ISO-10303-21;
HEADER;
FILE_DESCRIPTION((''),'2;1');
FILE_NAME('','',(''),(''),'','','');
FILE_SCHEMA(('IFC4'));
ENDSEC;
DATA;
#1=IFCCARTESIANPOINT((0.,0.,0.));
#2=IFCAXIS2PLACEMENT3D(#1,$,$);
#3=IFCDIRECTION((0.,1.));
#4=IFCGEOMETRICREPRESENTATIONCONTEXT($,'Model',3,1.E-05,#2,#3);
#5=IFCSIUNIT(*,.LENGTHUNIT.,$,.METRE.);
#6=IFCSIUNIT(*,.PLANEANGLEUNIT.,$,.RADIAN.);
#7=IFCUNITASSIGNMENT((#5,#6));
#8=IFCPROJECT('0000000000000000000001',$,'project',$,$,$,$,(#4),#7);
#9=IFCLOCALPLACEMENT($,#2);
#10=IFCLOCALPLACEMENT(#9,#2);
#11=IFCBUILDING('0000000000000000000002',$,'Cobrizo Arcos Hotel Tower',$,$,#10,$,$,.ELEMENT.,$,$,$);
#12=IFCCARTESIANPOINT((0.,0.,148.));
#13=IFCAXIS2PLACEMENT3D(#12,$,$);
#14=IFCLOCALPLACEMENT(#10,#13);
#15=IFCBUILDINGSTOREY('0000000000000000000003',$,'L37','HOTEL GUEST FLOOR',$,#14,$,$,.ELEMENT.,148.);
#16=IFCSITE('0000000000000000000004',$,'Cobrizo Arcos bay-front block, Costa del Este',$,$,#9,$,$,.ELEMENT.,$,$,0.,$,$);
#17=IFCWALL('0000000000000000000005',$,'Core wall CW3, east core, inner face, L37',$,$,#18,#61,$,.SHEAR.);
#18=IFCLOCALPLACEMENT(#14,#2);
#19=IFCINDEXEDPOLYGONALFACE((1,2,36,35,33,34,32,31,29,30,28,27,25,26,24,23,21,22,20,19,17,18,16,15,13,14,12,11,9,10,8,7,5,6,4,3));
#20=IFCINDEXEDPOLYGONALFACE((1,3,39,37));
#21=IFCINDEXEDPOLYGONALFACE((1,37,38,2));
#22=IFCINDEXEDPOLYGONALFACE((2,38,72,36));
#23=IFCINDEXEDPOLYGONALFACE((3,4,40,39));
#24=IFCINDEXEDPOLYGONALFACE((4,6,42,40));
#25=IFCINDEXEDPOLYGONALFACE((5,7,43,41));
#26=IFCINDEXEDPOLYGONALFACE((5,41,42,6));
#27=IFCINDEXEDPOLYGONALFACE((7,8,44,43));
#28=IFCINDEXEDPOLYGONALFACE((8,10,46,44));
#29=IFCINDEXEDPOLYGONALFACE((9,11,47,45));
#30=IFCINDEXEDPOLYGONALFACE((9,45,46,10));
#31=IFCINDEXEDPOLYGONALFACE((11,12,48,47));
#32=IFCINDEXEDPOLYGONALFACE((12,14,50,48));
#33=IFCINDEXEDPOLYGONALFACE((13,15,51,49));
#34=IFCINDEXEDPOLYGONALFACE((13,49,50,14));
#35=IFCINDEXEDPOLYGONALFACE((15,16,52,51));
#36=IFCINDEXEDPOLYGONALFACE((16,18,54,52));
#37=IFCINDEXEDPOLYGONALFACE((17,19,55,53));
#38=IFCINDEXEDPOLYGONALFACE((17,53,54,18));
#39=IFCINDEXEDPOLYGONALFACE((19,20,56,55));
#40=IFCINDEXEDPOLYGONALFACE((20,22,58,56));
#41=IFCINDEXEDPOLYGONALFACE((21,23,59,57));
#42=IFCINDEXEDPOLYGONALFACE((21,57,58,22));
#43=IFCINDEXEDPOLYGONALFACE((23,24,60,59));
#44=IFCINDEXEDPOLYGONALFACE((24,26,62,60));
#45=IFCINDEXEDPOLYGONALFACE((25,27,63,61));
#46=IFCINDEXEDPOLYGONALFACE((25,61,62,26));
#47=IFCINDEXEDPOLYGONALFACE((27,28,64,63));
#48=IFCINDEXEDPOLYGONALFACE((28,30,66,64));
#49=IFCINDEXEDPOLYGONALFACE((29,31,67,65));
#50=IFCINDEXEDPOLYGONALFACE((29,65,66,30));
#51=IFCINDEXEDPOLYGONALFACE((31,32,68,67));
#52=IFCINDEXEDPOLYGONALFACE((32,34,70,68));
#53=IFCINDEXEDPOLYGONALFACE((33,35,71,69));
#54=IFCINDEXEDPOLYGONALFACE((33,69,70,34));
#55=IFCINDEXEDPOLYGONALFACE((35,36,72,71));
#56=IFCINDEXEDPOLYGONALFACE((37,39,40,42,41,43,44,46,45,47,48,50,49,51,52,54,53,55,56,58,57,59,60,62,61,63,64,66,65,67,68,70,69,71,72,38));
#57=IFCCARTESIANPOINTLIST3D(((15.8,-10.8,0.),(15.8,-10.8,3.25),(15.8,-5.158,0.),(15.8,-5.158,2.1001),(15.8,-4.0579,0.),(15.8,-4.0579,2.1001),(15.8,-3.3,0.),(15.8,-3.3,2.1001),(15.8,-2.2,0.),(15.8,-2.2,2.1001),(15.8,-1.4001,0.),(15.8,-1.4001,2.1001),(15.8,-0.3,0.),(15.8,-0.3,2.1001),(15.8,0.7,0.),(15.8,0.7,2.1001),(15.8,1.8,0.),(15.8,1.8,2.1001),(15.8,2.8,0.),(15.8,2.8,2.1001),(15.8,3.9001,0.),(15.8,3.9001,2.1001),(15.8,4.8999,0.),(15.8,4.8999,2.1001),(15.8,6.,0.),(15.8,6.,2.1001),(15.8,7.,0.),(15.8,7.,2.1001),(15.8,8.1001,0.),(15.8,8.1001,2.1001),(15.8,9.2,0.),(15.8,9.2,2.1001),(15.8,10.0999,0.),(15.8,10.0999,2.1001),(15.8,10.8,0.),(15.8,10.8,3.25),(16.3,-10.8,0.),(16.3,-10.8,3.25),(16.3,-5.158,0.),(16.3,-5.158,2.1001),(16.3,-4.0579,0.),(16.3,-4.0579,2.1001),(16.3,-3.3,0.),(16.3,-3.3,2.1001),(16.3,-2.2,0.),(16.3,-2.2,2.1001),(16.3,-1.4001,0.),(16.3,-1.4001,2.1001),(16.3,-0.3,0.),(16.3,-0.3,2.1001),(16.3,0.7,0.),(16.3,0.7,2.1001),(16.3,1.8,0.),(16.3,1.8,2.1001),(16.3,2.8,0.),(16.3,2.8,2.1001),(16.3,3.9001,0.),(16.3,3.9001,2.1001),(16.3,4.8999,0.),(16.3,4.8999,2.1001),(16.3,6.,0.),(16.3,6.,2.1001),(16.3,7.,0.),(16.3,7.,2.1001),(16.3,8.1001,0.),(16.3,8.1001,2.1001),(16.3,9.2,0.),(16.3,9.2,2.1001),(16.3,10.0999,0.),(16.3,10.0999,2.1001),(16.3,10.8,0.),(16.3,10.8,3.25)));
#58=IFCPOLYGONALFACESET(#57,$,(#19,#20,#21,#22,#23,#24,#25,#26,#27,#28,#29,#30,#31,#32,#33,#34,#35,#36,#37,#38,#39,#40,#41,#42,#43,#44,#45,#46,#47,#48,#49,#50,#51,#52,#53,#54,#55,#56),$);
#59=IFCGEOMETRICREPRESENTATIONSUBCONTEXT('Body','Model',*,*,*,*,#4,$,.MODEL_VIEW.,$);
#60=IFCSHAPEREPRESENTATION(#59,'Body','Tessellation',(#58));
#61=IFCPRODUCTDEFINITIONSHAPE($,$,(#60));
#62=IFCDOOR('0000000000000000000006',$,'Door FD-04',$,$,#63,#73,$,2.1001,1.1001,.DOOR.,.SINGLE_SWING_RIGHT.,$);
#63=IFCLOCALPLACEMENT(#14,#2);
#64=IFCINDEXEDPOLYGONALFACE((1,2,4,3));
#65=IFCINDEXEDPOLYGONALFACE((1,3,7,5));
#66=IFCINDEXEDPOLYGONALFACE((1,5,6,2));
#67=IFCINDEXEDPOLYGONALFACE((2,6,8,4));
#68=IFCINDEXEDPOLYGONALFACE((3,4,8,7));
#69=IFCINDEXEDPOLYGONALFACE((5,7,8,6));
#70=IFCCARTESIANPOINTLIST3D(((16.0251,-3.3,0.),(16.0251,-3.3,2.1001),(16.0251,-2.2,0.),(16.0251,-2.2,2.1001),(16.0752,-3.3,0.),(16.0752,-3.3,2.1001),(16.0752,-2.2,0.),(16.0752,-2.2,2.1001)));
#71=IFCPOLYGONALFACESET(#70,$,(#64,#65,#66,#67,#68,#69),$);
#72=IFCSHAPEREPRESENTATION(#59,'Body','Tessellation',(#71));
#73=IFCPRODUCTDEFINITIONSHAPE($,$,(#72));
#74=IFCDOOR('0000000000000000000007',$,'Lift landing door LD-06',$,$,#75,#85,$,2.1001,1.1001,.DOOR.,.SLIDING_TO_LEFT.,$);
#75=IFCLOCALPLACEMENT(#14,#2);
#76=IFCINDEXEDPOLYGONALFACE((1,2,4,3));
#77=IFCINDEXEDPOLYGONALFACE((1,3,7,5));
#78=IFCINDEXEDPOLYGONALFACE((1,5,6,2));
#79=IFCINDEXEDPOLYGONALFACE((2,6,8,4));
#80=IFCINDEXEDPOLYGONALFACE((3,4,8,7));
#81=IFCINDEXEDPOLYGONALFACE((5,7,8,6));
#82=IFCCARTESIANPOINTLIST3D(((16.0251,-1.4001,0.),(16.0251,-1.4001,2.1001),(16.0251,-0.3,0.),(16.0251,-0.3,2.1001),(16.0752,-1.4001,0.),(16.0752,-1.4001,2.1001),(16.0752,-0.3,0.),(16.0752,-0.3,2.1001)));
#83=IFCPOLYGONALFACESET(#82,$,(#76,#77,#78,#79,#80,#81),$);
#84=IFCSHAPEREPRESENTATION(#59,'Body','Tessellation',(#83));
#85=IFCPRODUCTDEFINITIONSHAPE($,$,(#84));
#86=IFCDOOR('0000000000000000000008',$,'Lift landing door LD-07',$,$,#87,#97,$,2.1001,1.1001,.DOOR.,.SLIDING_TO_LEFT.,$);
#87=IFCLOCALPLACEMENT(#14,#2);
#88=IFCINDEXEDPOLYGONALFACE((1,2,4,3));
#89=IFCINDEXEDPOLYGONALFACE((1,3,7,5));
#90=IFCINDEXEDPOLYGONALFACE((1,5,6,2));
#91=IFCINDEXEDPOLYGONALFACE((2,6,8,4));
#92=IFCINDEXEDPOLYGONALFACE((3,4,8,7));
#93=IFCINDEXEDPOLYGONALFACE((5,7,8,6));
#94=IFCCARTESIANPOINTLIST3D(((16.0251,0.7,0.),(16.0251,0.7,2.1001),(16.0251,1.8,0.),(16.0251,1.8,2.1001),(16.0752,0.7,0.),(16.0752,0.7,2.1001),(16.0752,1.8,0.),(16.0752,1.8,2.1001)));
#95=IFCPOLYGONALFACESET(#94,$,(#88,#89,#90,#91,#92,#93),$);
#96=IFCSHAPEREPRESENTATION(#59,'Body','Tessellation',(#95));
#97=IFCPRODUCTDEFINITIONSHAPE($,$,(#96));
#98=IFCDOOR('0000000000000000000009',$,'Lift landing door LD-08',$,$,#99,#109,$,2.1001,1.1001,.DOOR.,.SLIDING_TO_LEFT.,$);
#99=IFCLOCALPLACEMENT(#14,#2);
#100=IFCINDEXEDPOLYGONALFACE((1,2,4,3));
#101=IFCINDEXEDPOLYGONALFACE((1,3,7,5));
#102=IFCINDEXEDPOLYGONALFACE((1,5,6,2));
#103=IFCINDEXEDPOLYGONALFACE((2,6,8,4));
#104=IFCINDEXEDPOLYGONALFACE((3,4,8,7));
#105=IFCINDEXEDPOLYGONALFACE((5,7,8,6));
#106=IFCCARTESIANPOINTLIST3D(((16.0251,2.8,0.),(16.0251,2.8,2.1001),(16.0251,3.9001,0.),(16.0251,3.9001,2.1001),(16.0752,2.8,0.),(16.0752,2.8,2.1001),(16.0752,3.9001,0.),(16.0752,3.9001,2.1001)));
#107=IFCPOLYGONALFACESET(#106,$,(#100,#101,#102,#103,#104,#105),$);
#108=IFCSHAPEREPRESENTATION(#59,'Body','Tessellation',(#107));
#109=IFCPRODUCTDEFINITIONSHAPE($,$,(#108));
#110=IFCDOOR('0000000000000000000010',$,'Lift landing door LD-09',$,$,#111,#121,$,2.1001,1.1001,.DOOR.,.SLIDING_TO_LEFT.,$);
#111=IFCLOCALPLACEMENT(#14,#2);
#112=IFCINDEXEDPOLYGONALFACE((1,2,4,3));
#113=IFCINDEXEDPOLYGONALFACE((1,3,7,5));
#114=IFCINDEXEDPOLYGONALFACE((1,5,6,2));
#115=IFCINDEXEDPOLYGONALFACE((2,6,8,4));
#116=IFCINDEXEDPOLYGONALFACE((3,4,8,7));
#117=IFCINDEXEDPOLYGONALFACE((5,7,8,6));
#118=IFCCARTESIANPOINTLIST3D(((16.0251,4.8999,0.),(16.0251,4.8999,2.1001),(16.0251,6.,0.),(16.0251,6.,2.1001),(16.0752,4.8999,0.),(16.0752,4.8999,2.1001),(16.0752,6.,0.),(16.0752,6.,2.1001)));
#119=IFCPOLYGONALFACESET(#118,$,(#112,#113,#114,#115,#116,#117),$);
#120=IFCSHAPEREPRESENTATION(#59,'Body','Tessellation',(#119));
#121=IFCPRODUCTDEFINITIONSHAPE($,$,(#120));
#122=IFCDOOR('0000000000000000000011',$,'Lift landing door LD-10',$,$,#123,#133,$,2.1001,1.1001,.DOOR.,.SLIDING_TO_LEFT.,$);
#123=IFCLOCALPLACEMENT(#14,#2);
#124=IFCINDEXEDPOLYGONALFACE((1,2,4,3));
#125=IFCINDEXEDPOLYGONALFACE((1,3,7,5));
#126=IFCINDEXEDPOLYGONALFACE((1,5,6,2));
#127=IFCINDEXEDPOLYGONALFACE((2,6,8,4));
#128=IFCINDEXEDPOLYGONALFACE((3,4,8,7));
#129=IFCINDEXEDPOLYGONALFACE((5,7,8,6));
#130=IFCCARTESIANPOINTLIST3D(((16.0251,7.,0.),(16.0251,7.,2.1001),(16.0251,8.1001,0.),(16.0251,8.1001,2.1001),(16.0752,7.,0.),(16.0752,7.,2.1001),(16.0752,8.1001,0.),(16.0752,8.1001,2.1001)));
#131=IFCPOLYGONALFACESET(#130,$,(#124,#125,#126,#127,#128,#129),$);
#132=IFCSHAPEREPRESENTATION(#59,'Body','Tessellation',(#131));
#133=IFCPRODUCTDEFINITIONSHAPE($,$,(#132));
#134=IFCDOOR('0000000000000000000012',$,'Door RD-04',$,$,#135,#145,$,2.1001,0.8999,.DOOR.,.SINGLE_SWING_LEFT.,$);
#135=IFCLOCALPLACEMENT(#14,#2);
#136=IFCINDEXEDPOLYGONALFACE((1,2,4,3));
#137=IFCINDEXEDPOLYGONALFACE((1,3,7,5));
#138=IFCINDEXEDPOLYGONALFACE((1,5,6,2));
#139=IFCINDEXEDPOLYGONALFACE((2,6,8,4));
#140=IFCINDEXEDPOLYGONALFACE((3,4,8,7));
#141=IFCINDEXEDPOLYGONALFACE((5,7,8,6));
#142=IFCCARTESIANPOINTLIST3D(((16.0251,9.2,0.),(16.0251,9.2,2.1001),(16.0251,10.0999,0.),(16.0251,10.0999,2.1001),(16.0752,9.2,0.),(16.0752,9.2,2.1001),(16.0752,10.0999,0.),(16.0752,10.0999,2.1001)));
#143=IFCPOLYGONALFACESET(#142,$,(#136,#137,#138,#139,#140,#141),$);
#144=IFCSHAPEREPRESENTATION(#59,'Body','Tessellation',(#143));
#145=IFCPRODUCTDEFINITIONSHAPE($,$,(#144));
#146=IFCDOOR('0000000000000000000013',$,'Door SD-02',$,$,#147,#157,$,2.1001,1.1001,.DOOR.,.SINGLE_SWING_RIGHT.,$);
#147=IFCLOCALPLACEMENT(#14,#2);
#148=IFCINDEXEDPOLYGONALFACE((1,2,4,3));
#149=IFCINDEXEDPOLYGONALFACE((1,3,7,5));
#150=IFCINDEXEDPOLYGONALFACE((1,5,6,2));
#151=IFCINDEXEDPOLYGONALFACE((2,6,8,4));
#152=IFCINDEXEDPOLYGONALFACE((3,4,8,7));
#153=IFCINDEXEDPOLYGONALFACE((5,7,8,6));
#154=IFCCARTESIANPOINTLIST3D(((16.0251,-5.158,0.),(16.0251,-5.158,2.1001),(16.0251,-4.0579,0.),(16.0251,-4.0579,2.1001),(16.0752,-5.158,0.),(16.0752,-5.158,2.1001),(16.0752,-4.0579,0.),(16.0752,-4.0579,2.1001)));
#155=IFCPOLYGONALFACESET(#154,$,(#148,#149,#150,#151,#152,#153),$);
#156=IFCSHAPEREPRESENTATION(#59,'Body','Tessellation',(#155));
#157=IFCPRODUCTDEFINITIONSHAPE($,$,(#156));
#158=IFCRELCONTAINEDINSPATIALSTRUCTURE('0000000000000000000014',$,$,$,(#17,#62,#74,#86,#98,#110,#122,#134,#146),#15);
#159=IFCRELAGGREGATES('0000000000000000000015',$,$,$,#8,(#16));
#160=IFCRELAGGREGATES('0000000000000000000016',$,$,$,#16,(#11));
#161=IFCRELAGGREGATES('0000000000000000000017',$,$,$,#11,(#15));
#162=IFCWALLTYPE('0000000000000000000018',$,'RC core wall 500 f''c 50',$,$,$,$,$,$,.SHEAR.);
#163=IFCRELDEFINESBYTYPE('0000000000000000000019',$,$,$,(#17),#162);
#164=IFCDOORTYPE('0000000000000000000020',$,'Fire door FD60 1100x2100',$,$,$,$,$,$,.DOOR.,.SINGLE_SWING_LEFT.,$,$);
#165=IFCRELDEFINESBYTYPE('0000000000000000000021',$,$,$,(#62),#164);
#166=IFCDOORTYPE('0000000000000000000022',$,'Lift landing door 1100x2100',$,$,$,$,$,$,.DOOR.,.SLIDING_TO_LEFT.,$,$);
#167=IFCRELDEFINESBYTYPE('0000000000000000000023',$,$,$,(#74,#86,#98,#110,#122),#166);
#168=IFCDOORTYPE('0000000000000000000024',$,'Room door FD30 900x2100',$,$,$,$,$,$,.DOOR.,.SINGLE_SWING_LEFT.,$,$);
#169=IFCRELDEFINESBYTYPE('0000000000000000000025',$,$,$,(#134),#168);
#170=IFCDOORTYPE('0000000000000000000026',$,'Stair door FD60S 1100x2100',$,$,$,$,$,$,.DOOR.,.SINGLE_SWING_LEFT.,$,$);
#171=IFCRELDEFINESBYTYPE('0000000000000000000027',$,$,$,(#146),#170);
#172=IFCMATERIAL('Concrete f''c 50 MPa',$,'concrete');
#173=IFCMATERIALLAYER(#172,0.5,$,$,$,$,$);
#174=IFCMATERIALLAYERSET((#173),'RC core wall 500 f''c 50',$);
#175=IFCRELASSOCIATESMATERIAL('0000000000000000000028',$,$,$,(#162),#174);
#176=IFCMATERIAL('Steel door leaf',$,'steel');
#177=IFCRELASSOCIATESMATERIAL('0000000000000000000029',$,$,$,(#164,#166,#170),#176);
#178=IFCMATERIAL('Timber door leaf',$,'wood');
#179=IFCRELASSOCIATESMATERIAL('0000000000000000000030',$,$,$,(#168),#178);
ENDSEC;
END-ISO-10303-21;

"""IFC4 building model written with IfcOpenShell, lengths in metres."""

from ifc_helpers import new_model, si_unit, direction, frame, frame_2d, origin, place, context, subcontext, project, spatial, rectangle, extrude, material, layer, layer_set, type_object, element, fill, save


model = new_model("IFC4")

# Units and contexts
model_context = context("Model", 3, precision=1e-05, world=origin(), true_north=direction((0.0, 1.0)))
body_context = subcontext(model_context, "Body", "Model", "MODEL_VIEW")
ifc_project = project(units=[si_unit("LENGTHUNIT", "METRE"), si_unit("PLANEANGLEUNIT", "RADIAN")], contexts=[model_context])

# Site, building, storey
site_placement = place(None, origin())
site = spatial("IfcSite", under=ifc_project, at=site_placement, Name="Cobrizo Arcos bay-front block, Costa del Este", CompositionType="ELEMENT", RefElevation=0.0)
building_placement = place(site_placement, origin())
building = spatial("IfcBuilding", under=site, at=building_placement, Name="Cobrizo Arcos Hotel Tower", CompositionType="ELEMENT")
storey_placement = place(building_placement, frame((0.0, 0.0, 148.0)))
storey = spatial("IfcBuildingStorey", under=building, at=storey_placement, Name="L37", Description="HOTEL GUEST FLOOR", CompositionType="ELEMENT", Elevation=148.0)

# Wall, openings, doors
ifc_material_1 = material(Name="Concrete f'c 50 MPa", Category="concrete")
ifc_layer_1 = layer(ifc_material_1, 0.5)
ifc_layer_set_1 = layer_set([ifc_layer_1], Name="RC core wall 500 f'c 50")
wall_type_1 = type_object("IfcWallType", Name="RC core wall 500 f'c 50", PredefinedType="SHEAR", material=ifc_layer_set_1)
wall_1_placement = place(storey_placement, frame((16.05, -10.8, 0.0), z_axis=(0.0, 0.0, 1.0), x_axis=(0.0, 1.0, 0.0)))
wall_1 = element("IfcWall", 1, at=wall_1_placement, inside=storey, type_object=wall_type_1, Name="Core wall CW3, east core, inner face, L37", PredefinedType="SHEAR", context=body_context, shape_type="SweptSolid", body=[
    extrude(rectangle(XDim=21.6001, YDim=0.5, at=frame_2d((10.8, 0.0))), origin(), (0.0, 0.0, 1.0), 3.25),
])
opening_1_placement = place(wall_1_placement, frame((9.3999, 0.0, 0.0)))
opening_1 = element("IfcOpeningElement", 2, at=opening_1_placement, cuts=wall_1, PredefinedType="OPENING", context=body_context, shape_type="SweptSolid", body=[
    extrude(rectangle(XDim=1.1001, YDim=2.1001, at=frame_2d((0.55, 1.05))), frame((0.0, 0.262, 0.0), z_axis=(0.0, -1.0, 0.0), x_axis=(1.0, 0.0, 0.0)), (0.0, 0.0, 1.0), 0.5239),
])
opening_2_placement = place(wall_1_placement, frame((11.5, 0.0, 0.0)))
opening_2 = element("IfcOpeningElement", 3, at=opening_2_placement, cuts=wall_1, PredefinedType="OPENING", context=body_context, shape_type="SweptSolid", body=[
    extrude(rectangle(XDim=1.1001, YDim=2.1001, at=frame_2d((0.55, 1.05))), frame((0.0, 0.262, 0.0), z_axis=(0.0, -1.0, 0.0), x_axis=(1.0, 0.0, 0.0)), (0.0, 0.0, 1.0), 0.5239),
])
opening_3_placement = place(wall_1_placement, frame((13.6001, 0.0, 0.0)))
opening_3 = element("IfcOpeningElement", 4, at=opening_3_placement, cuts=wall_1, PredefinedType="OPENING", context=body_context, shape_type="SweptSolid", body=[
    extrude(rectangle(XDim=1.1001, YDim=2.1001, at=frame_2d((0.55, 1.05))), frame((0.0, 0.262, 0.0), z_axis=(0.0, -1.0, 0.0), x_axis=(1.0, 0.0, 0.0)), (0.0, 0.0, 1.0), 0.5239),
])
opening_4_placement = place(wall_1_placement, frame((15.7, 0.0, 0.0)))
opening_4 = element("IfcOpeningElement", 5, at=opening_4_placement, cuts=wall_1, PredefinedType="OPENING", context=body_context, shape_type="SweptSolid", body=[
    extrude(rectangle(XDim=1.1001, YDim=2.1001, at=frame_2d((0.55, 1.05))), frame((0.0, 0.262, 0.0), z_axis=(0.0, -1.0, 0.0), x_axis=(1.0, 0.0, 0.0)), (0.0, 0.0, 1.0), 0.5239),
])
opening_5_placement = place(wall_1_placement, frame((17.8, 0.0, 0.0)))
opening_5 = element("IfcOpeningElement", 6, at=opening_5_placement, cuts=wall_1, PredefinedType="OPENING", context=body_context, shape_type="SweptSolid", body=[
    extrude(rectangle(XDim=1.1001, YDim=2.1001, at=frame_2d((0.55, 1.05))), frame((0.0, 0.262, 0.0), z_axis=(0.0, -1.0, 0.0), x_axis=(1.0, 0.0, 0.0)), (0.0, 0.0, 1.0), 0.5239),
])
opening_6_placement = place(wall_1_placement, frame((5.6421, 0.0, 0.0)))
opening_6 = element("IfcOpeningElement", 7, at=opening_6_placement, cuts=wall_1, PredefinedType="OPENING", context=body_context, shape_type="SweptSolid", body=[
    extrude(rectangle(XDim=1.1001, YDim=2.1001, at=frame_2d((0.55, 1.05))), frame((0.0, 0.262, 0.0), z_axis=(0.0, -1.0, 0.0), x_axis=(1.0, 0.0, 0.0)), (0.0, 0.0, 1.0), 0.5239),
])
opening_7_placement = place(wall_1_placement, frame((7.5, 0.0, 0.0)))
opening_7 = element("IfcOpeningElement", 8, at=opening_7_placement, cuts=wall_1, PredefinedType="OPENING", context=body_context, shape_type="SweptSolid", body=[
    extrude(rectangle(XDim=1.1001, YDim=2.1001, at=frame_2d((0.55, 1.05))), frame((0.0, 0.262, 0.0), z_axis=(0.0, -1.0, 0.0), x_axis=(1.0, 0.0, 0.0)), (0.0, 0.0, 1.0), 0.5239),
])
opening_8_placement = place(wall_1_placement, frame((20.0, 0.0, 0.0)))
opening_8 = element("IfcOpeningElement", 9, at=opening_8_placement, cuts=wall_1, PredefinedType="OPENING", context=body_context, shape_type="SweptSolid", body=[
    extrude(rectangle(XDim=0.8999, YDim=2.1001, at=frame_2d((0.45, 1.05))), frame((0.0, 0.262, 0.0), z_axis=(0.0, -1.0, 0.0), x_axis=(1.0, 0.0, 0.0)), (0.0, 0.0, 1.0), 0.5239),
])
ifc_material_2 = material(Name="Steel door leaf", Category="steel")
door_type_1 = type_object("IfcDoorType", Name="Fire door FD60 1100x2100", OperationType="SINGLE_SWING_LEFT", PredefinedType="DOOR", material=ifc_material_2)
door_1_placement = place(opening_7_placement, origin())
door_1 = element("IfcDoor", 10, at=door_1_placement, inside=storey, type_object=door_type_1, Name="Door FD-04", OperationType="SINGLE_SWING_RIGHT", OverallHeight=2.1001, OverallWidth=1.1001, PredefinedType="DOOR", context=body_context, shape_type="SweptSolid", body=[
    extrude(rectangle(XDim=1.1001, YDim=2.1001, at=frame_2d((0.55, 1.05))), frame((0.0, 0.0249, 0.0), z_axis=(0.0, -1.0, 0.0), x_axis=(1.0, 0.0, 0.0)), (0.0, 0.0, 1.0), 0.05),
])
fill(opening_7, door_1)
door_type_2 = type_object("IfcDoorType", Name="Lift landing door 1100x2100", OperationType="SLIDING_TO_LEFT", PredefinedType="DOOR", material=ifc_material_2)
door_2_placement = place(opening_1_placement, origin())
door_2 = element("IfcDoor", 11, at=door_2_placement, inside=storey, type_object=door_type_2, Name="Lift landing door LD-06", OperationType="SLIDING_TO_LEFT", OverallHeight=2.1001, OverallWidth=1.1001, PredefinedType="DOOR", context=body_context, shape_type="SweptSolid", body=[
    extrude(rectangle(XDim=1.1001, YDim=2.1001, at=frame_2d((0.55, 1.05))), frame((0.0, 0.0249, 0.0), z_axis=(0.0, -1.0, 0.0), x_axis=(1.0, 0.0, 0.0)), (0.0, 0.0, 1.0), 0.05),
])
fill(opening_1, door_2)
door_3_placement = place(opening_2_placement, origin())
door_3 = element("IfcDoor", 12, at=door_3_placement, inside=storey, type_object=door_type_2, Name="Lift landing door LD-07", OperationType="SLIDING_TO_LEFT", OverallHeight=2.1001, OverallWidth=1.1001, PredefinedType="DOOR", context=body_context, shape_type="SweptSolid", body=[
    extrude(rectangle(XDim=1.1001, YDim=2.1001, at=frame_2d((0.55, 1.05))), frame((0.0, 0.0249, 0.0), z_axis=(0.0, -1.0, 0.0), x_axis=(1.0, 0.0, 0.0)), (0.0, 0.0, 1.0), 0.05),
])
fill(opening_2, door_3)
door_4_placement = place(opening_3_placement, origin())
door_4 = element("IfcDoor", 13, at=door_4_placement, inside=storey, type_object=door_type_2, Name="Lift landing door LD-08", OperationType="SLIDING_TO_LEFT", OverallHeight=2.1001, OverallWidth=1.1001, PredefinedType="DOOR", context=body_context, shape_type="SweptSolid", body=[
    extrude(rectangle(XDim=1.1001, YDim=2.1001, at=frame_2d((0.55, 1.05))), frame((0.0, 0.0249, 0.0), z_axis=(0.0, -1.0, 0.0), x_axis=(1.0, 0.0, 0.0)), (0.0, 0.0, 1.0), 0.05),
])
fill(opening_3, door_4)
door_5_placement = place(opening_4_placement, origin())
door_5 = element("IfcDoor", 14, at=door_5_placement, inside=storey, type_object=door_type_2, Name="Lift landing door LD-09", OperationType="SLIDING_TO_LEFT", OverallHeight=2.1001, OverallWidth=1.1001, PredefinedType="DOOR", context=body_context, shape_type="SweptSolid", body=[
    extrude(rectangle(XDim=1.1001, YDim=2.1001, at=frame_2d((0.55, 1.05))), frame((0.0, 0.0249, 0.0), z_axis=(0.0, -1.0, 0.0), x_axis=(1.0, 0.0, 0.0)), (0.0, 0.0, 1.0), 0.05),
])
fill(opening_4, door_5)
door_6_placement = place(opening_5_placement, origin())
door_6 = element("IfcDoor", 15, at=door_6_placement, inside=storey, type_object=door_type_2, Name="Lift landing door LD-10", OperationType="SLIDING_TO_LEFT", OverallHeight=2.1001, OverallWidth=1.1001, PredefinedType="DOOR", context=body_context, shape_type="SweptSolid", body=[
    extrude(rectangle(XDim=1.1001, YDim=2.1001, at=frame_2d((0.55, 1.05))), frame((0.0, 0.0249, 0.0), z_axis=(0.0, -1.0, 0.0), x_axis=(1.0, 0.0, 0.0)), (0.0, 0.0, 1.0), 0.05),
])
fill(opening_5, door_6)
ifc_material_3 = material(Name="Timber door leaf", Category="wood")
door_type_3 = type_object("IfcDoorType", Name="Room door FD30 900x2100", OperationType="SINGLE_SWING_LEFT", PredefinedType="DOOR", material=ifc_material_3)
door_7_placement = place(opening_8_placement, origin())
door_7 = element("IfcDoor", 16, at=door_7_placement, inside=storey, type_object=door_type_3, Name="Door RD-04", OperationType="SINGLE_SWING_LEFT", OverallHeight=2.1001, OverallWidth=0.8999, PredefinedType="DOOR", context=body_context, shape_type="SweptSolid", body=[
    extrude(rectangle(XDim=0.8999, YDim=2.1001, at=frame_2d((0.45, 1.05))), frame((0.0, 0.0249, 0.0), z_axis=(0.0, -1.0, 0.0), x_axis=(1.0, 0.0, 0.0)), (0.0, 0.0, 1.0), 0.05),
])
fill(opening_8, door_7)
door_type_4 = type_object("IfcDoorType", Name="Stair door FD60S 1100x2100", OperationType="SINGLE_SWING_LEFT", PredefinedType="DOOR", material=ifc_material_2)
door_8_placement = place(opening_6_placement, origin())
door_8 = element("IfcDoor", 17, at=door_8_placement, inside=storey, type_object=door_type_4, Name="Door SD-02", OperationType="SINGLE_SWING_RIGHT", OverallHeight=2.1001, OverallWidth=1.1001, PredefinedType="DOOR", context=body_context, shape_type="SweptSolid", body=[
    extrude(rectangle(XDim=1.1001, YDim=2.1001, at=frame_2d((0.55, 1.05))), frame((0.0, 0.0249, 0.0), z_axis=(0.0, -1.0, 0.0), x_axis=(1.0, 0.0, 0.0)), (0.0, 0.0, 1.0), 0.05),
])
fill(opening_6, door_8)

save(model, "model.ifc")
